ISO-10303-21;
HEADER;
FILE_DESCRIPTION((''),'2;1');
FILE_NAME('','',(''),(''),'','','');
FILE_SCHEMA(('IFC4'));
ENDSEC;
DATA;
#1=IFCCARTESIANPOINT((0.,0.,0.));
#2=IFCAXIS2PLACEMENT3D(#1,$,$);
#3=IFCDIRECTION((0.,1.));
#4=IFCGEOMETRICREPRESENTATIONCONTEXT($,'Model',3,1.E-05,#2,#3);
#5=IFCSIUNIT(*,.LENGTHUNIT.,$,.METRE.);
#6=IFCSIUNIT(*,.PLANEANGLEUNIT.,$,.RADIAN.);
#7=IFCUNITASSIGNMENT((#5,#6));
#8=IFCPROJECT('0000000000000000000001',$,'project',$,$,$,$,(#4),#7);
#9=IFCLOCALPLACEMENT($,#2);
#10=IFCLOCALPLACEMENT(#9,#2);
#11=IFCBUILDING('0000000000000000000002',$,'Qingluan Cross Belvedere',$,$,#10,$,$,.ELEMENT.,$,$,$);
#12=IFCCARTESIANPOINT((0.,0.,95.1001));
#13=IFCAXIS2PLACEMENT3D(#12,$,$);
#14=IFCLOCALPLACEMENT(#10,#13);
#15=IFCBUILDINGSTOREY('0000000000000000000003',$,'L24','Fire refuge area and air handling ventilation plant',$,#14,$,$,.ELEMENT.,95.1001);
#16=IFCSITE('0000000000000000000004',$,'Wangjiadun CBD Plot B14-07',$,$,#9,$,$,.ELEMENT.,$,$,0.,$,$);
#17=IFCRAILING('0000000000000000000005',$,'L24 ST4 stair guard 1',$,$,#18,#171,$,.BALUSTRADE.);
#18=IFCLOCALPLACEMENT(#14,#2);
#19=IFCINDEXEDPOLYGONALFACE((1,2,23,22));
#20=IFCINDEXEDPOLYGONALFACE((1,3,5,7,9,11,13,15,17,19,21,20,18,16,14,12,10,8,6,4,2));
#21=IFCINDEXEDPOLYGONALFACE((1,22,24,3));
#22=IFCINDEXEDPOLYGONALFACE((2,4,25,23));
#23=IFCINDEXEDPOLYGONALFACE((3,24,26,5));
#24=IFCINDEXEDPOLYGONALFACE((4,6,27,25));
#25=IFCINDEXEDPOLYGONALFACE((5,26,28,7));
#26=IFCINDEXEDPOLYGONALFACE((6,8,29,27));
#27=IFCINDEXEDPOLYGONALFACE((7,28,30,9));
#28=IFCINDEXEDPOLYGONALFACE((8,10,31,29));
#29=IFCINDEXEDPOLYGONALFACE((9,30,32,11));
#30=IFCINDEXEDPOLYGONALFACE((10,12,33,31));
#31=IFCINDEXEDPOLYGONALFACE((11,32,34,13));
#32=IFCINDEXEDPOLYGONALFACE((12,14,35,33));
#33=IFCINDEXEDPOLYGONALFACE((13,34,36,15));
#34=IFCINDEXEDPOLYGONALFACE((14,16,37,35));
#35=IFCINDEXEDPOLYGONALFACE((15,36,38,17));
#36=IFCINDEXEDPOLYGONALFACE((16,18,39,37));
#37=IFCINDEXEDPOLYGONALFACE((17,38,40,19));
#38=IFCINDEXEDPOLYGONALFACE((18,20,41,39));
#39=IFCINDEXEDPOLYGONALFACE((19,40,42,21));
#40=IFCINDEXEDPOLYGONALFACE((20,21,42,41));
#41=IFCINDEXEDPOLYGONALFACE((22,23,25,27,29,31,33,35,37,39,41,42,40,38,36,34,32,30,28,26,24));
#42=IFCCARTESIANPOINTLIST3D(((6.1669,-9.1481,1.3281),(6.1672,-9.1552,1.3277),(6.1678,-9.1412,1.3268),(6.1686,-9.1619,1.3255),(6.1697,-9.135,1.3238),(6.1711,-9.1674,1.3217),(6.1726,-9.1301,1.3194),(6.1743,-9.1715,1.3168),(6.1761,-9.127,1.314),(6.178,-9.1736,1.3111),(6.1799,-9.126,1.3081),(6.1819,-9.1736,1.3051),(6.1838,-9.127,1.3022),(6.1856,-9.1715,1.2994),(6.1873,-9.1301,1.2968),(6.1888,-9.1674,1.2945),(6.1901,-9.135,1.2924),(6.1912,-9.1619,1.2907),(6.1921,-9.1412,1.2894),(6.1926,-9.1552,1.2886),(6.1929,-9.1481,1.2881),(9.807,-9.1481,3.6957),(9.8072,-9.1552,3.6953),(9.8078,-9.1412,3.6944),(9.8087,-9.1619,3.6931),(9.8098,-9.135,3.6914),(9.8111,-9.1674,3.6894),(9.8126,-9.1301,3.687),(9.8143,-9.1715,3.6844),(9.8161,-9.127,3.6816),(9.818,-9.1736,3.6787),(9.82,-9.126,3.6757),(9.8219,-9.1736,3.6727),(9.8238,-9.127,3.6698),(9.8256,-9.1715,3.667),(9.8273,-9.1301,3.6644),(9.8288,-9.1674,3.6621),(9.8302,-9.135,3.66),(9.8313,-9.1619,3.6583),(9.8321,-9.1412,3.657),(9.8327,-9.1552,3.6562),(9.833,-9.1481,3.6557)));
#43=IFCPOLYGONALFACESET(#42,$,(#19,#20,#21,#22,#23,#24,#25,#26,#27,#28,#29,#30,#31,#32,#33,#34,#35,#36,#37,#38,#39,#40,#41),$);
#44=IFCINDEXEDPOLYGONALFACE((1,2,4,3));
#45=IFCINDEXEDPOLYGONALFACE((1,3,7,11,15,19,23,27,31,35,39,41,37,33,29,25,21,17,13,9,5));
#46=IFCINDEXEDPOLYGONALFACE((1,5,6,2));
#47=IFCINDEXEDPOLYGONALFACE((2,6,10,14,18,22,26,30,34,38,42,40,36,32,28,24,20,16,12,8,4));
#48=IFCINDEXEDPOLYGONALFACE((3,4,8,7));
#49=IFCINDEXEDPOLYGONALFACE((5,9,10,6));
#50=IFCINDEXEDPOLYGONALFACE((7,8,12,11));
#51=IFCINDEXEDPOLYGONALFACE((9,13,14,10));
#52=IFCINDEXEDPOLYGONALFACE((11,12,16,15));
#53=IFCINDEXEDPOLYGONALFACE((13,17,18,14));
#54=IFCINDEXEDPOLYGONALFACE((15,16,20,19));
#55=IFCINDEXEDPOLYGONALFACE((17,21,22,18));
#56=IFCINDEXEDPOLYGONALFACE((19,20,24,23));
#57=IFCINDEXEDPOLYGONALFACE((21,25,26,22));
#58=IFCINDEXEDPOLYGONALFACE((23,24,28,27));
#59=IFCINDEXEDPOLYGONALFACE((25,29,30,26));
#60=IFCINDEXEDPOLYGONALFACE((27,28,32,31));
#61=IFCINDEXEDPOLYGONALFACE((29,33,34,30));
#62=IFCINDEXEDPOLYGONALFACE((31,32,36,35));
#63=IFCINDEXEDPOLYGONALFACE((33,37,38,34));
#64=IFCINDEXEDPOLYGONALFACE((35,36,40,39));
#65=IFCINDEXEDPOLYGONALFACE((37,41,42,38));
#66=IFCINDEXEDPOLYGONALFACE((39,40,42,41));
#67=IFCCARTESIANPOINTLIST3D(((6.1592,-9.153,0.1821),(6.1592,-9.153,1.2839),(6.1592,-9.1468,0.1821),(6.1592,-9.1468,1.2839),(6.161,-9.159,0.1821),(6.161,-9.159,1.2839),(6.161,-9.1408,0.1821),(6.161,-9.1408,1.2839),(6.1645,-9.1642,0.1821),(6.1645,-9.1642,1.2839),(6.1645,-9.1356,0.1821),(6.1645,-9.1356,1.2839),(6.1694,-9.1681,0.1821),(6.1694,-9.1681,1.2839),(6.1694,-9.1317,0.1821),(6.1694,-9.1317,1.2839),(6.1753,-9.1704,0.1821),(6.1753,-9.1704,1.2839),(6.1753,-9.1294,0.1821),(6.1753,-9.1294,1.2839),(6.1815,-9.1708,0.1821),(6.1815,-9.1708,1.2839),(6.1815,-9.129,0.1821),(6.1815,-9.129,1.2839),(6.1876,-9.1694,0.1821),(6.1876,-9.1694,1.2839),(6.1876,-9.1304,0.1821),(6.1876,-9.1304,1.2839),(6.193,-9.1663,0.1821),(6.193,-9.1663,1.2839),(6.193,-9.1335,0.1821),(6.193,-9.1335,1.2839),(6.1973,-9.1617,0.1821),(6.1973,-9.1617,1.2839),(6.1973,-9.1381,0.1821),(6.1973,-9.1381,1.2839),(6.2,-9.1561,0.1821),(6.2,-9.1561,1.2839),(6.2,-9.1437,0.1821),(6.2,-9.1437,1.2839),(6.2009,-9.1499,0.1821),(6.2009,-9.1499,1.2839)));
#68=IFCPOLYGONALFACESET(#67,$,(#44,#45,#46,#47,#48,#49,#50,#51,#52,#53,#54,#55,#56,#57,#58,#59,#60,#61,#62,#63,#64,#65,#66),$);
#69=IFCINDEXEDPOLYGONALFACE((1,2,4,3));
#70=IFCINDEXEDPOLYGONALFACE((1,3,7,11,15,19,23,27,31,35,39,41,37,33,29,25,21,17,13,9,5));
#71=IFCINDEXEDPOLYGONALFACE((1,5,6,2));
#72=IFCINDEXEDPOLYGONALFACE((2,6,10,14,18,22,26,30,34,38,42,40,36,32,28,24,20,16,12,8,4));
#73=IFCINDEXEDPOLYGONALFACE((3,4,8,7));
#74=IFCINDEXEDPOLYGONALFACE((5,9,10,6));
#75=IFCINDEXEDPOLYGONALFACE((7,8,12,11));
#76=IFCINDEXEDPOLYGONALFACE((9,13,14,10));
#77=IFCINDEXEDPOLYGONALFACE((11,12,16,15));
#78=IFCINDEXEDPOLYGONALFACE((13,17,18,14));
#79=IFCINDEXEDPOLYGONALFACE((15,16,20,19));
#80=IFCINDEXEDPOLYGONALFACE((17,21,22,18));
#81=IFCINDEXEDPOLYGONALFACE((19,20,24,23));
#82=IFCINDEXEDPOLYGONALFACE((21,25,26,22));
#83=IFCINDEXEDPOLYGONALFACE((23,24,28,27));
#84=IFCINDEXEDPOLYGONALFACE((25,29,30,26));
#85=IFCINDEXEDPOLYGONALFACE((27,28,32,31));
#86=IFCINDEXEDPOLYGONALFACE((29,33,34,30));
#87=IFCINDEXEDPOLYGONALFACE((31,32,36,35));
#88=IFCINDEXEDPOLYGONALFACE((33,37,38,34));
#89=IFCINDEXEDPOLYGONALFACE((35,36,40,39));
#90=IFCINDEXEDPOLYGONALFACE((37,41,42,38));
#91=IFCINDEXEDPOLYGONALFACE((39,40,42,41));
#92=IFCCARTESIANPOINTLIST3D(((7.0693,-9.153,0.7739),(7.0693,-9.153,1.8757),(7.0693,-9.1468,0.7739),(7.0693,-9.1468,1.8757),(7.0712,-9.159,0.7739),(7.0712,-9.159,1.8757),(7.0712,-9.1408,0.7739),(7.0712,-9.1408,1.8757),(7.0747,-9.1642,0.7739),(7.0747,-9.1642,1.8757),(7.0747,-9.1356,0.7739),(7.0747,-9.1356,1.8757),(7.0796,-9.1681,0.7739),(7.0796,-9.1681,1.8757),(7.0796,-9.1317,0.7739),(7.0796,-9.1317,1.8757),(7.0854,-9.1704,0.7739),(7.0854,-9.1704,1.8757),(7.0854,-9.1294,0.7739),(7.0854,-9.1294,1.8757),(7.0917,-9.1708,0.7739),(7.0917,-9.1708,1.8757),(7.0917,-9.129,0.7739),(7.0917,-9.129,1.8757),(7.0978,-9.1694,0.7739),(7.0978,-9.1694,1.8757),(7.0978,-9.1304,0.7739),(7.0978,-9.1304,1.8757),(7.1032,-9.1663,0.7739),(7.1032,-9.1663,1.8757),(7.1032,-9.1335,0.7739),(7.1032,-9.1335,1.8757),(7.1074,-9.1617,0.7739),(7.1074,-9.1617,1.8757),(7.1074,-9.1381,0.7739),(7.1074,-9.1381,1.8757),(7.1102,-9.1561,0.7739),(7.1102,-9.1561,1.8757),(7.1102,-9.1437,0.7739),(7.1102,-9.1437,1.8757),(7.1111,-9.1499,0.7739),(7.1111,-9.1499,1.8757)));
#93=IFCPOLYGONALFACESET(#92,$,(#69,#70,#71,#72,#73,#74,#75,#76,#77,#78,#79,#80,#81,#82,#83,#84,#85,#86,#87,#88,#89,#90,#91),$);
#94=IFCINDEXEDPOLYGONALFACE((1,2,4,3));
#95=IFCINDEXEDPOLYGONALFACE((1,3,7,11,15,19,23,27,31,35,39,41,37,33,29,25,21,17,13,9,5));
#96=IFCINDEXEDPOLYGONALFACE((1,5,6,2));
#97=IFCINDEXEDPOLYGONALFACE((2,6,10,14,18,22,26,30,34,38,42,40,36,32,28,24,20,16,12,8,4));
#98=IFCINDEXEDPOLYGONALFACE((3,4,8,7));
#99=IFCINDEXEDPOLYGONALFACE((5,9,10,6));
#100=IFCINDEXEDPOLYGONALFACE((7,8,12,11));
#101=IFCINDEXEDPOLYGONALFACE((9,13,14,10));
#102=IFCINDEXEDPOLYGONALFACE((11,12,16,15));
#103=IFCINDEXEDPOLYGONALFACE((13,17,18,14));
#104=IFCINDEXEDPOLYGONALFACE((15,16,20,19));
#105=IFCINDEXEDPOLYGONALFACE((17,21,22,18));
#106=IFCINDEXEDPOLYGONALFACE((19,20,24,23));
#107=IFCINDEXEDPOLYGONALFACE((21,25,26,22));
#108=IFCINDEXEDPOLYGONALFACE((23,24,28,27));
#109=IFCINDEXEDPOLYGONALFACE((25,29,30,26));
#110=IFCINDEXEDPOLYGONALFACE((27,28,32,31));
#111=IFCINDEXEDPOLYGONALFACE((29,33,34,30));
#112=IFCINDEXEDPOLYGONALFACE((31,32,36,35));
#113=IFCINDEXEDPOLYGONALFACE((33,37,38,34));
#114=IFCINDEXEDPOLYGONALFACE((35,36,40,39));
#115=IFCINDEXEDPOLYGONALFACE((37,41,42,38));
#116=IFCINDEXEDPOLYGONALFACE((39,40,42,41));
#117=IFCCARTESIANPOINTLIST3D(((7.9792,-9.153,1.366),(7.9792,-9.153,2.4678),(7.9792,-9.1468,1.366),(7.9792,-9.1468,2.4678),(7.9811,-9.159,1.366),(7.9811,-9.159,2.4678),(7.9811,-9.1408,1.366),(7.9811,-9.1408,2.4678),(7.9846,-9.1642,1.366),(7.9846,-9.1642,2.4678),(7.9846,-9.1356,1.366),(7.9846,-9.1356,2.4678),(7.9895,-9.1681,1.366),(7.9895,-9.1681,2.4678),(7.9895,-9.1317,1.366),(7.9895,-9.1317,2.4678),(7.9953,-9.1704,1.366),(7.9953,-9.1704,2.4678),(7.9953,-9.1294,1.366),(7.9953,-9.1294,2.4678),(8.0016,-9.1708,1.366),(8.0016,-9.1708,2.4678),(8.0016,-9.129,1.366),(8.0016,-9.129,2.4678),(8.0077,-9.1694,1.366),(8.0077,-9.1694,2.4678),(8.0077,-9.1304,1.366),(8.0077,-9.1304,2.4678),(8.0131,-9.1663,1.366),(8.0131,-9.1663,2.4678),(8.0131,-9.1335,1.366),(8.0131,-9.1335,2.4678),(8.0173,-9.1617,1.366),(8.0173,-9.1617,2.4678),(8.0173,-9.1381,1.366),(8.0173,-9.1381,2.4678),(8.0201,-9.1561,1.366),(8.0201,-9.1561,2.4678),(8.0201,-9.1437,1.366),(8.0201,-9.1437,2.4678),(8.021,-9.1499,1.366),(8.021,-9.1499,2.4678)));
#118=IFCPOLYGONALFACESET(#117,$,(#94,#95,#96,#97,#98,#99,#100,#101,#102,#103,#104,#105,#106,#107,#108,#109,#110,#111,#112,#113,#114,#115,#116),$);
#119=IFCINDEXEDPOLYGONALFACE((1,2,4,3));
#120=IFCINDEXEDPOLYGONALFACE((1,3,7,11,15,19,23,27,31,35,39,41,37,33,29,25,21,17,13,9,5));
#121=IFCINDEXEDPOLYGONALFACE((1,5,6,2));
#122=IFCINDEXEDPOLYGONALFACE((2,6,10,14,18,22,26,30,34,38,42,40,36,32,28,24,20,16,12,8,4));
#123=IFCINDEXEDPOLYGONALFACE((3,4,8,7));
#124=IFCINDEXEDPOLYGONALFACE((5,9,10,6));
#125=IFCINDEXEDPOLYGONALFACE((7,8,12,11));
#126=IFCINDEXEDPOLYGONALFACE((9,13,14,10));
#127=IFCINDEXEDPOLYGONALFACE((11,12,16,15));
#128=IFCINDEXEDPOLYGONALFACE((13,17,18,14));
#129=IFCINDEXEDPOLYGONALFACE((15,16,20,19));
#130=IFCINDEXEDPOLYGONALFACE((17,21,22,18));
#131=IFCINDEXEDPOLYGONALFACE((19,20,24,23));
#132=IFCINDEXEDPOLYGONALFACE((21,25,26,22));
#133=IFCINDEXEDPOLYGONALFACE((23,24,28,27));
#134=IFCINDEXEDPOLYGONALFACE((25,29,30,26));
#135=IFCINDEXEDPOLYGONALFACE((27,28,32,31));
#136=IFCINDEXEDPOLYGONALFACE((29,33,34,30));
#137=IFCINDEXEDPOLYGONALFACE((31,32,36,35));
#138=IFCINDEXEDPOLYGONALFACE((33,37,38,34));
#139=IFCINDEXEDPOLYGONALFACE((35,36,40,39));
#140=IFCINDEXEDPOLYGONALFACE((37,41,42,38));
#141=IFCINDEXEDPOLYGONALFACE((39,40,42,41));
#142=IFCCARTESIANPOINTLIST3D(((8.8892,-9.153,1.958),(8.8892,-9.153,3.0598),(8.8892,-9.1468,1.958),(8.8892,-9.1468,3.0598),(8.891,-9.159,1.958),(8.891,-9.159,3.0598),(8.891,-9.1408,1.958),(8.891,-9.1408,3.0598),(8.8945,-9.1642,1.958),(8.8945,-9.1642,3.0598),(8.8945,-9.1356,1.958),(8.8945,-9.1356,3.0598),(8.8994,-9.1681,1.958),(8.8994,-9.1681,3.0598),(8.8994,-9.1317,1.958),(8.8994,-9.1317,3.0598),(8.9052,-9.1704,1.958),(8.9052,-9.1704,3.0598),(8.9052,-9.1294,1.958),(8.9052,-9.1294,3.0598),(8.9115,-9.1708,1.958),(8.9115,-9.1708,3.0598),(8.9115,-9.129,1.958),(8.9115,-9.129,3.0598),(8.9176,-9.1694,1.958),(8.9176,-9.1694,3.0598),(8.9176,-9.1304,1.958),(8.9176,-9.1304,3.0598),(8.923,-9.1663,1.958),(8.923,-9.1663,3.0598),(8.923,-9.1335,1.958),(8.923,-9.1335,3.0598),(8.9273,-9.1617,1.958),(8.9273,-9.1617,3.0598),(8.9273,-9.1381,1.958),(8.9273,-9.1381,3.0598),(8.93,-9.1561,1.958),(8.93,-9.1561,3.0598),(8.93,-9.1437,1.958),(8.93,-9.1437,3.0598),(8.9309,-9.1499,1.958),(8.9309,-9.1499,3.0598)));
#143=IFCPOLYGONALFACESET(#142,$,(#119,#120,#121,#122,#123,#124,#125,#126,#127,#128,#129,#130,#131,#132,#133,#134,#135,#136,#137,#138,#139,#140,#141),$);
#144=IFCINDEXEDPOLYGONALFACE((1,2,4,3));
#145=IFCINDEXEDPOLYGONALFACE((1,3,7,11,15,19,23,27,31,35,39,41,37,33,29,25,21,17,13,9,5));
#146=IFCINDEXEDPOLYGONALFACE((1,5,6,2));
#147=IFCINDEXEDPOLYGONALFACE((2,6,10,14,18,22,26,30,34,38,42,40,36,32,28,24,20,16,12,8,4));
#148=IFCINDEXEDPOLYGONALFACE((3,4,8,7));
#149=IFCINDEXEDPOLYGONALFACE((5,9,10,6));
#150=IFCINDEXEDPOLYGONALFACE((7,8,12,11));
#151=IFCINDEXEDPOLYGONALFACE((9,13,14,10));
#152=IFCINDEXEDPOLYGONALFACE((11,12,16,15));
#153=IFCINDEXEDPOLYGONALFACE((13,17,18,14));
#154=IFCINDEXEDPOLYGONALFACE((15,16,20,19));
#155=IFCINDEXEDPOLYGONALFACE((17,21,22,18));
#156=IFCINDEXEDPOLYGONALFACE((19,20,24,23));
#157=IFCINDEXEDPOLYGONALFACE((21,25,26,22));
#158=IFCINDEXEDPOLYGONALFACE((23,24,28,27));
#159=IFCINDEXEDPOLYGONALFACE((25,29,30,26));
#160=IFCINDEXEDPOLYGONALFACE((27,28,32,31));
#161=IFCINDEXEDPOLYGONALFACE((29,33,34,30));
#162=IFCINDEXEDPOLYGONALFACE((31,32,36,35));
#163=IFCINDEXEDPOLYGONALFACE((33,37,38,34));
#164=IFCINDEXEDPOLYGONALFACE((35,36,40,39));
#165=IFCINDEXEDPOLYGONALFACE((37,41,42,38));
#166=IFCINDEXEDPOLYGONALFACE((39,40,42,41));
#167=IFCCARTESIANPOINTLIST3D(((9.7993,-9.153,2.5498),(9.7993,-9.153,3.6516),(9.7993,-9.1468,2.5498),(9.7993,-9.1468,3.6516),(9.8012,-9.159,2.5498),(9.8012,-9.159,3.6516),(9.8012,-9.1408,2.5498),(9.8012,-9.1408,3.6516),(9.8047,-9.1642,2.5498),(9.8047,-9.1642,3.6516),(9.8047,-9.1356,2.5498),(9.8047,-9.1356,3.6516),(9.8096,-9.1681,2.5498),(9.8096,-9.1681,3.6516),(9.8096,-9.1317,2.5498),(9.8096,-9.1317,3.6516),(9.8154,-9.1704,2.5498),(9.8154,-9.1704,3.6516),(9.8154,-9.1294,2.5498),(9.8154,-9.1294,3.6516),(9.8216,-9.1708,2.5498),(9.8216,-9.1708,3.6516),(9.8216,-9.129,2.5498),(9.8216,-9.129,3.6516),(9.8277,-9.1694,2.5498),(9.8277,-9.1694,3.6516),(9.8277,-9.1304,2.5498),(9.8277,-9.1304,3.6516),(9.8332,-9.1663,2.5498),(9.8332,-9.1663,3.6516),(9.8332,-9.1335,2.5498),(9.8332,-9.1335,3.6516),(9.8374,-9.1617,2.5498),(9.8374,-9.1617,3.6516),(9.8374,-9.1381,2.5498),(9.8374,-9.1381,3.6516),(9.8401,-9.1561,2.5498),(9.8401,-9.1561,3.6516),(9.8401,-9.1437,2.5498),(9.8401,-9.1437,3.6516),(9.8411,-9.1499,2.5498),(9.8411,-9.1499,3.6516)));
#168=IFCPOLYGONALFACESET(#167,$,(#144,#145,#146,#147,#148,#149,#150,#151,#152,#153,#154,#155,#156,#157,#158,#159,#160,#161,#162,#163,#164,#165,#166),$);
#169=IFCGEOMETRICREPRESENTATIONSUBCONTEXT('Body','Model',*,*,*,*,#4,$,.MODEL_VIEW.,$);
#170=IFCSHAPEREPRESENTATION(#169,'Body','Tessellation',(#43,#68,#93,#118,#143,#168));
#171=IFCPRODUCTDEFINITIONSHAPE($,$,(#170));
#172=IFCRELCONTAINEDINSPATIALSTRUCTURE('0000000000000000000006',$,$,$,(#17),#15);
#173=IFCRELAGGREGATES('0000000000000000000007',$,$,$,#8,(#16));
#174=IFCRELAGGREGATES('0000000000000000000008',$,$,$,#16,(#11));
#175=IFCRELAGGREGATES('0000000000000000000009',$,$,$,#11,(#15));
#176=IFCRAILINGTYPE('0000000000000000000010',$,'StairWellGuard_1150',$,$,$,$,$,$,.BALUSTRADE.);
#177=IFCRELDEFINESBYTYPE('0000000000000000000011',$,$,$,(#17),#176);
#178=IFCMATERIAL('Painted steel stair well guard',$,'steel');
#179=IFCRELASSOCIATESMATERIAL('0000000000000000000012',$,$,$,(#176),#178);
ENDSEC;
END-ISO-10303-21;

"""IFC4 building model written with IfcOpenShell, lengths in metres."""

from ifc_helpers import new_model, si_unit, direction, frame, origin, origin_2d, place, context, subcontext, project, spatial, circle, extrude, material, type_object, element, save


model = new_model("IFC4")

# Units and contexts
model_context = context("Model", 3, precision=1e-05, world=origin(), true_north=direction((0.0, 1.0)))
body_context = subcontext(model_context, "Body", "Model", "MODEL_VIEW")
ifc_project = project(units=[si_unit("LENGTHUNIT", "METRE"), si_unit("PLANEANGLEUNIT", "RADIAN")], contexts=[model_context])

# Site, building, storey
site_placement = place(None, origin())
site = spatial("IfcSite", under=ifc_project, at=site_placement, Name="Wangjiadun CBD Plot B14-07", CompositionType="ELEMENT", RefElevation=0.0)
building_placement = place(site_placement, origin())
building = spatial("IfcBuilding", under=site, at=building_placement, Name="Qingluan Cross Belvedere", CompositionType="ELEMENT")
storey_placement = place(building_placement, frame((0.0, 0.0, 95.1001)))
storey = spatial("IfcBuildingStorey", under=building, at=storey_placement, Name="L24", Description="Fire refuge area and air handling ventilation plant", CompositionType="ELEMENT", Elevation=95.1001)

# Railing
ifc_material_1 = material(Name="Painted steel stair well guard", Category="steel")
railing_type_1 = type_object("IfcRailingType", Name="StairWellGuard_1150", PredefinedType="BALUSTRADE", material=ifc_material_1)
railing_1_placement = place(storey_placement, frame((6.1799, -9.1499, 0.1821)))
element("IfcRailing", 1, at=railing_1_placement, inside=storey, type_object=railing_type_1, Name="L24 ST4 stair guard 1", PredefinedType="BALUSTRADE", context=body_context, shape_type="SweptSolid", body=[
    extrude(circle(Radius=0.0239, at=origin_2d()), frame((0.0, 0.0, 1.126), z_axis=(0.838277, 0.0, 0.545245), x_axis=(0.0, 1.0, 0.0)), (0.0, 0.0, 1.0), 4.3423),
    extrude(circle(Radius=0.021, at=origin_2d()), origin(), (0.0, 0.0, 1.0), 1.1018),
    extrude(circle(Radius=0.021, at=origin_2d()), frame((0.9102, 0.0, 0.5918)), (0.0, 0.0, 1.0), 1.1018),
    extrude(circle(Radius=0.021, at=origin_2d()), frame((1.8201, 0.0, 1.1838)), (0.0, 0.0, 1.0), 1.1018),
    extrude(circle(Radius=0.021, at=origin_2d()), frame((2.73, 0.0, 1.7759)), (0.0, 0.0, 1.0), 1.1018),
    extrude(circle(Radius=0.021, at=origin_2d()), frame((3.6401, 0.0, 2.3677)), (0.0, 0.0, 1.0), 1.1018),
])

save(model, "model.ifc")
